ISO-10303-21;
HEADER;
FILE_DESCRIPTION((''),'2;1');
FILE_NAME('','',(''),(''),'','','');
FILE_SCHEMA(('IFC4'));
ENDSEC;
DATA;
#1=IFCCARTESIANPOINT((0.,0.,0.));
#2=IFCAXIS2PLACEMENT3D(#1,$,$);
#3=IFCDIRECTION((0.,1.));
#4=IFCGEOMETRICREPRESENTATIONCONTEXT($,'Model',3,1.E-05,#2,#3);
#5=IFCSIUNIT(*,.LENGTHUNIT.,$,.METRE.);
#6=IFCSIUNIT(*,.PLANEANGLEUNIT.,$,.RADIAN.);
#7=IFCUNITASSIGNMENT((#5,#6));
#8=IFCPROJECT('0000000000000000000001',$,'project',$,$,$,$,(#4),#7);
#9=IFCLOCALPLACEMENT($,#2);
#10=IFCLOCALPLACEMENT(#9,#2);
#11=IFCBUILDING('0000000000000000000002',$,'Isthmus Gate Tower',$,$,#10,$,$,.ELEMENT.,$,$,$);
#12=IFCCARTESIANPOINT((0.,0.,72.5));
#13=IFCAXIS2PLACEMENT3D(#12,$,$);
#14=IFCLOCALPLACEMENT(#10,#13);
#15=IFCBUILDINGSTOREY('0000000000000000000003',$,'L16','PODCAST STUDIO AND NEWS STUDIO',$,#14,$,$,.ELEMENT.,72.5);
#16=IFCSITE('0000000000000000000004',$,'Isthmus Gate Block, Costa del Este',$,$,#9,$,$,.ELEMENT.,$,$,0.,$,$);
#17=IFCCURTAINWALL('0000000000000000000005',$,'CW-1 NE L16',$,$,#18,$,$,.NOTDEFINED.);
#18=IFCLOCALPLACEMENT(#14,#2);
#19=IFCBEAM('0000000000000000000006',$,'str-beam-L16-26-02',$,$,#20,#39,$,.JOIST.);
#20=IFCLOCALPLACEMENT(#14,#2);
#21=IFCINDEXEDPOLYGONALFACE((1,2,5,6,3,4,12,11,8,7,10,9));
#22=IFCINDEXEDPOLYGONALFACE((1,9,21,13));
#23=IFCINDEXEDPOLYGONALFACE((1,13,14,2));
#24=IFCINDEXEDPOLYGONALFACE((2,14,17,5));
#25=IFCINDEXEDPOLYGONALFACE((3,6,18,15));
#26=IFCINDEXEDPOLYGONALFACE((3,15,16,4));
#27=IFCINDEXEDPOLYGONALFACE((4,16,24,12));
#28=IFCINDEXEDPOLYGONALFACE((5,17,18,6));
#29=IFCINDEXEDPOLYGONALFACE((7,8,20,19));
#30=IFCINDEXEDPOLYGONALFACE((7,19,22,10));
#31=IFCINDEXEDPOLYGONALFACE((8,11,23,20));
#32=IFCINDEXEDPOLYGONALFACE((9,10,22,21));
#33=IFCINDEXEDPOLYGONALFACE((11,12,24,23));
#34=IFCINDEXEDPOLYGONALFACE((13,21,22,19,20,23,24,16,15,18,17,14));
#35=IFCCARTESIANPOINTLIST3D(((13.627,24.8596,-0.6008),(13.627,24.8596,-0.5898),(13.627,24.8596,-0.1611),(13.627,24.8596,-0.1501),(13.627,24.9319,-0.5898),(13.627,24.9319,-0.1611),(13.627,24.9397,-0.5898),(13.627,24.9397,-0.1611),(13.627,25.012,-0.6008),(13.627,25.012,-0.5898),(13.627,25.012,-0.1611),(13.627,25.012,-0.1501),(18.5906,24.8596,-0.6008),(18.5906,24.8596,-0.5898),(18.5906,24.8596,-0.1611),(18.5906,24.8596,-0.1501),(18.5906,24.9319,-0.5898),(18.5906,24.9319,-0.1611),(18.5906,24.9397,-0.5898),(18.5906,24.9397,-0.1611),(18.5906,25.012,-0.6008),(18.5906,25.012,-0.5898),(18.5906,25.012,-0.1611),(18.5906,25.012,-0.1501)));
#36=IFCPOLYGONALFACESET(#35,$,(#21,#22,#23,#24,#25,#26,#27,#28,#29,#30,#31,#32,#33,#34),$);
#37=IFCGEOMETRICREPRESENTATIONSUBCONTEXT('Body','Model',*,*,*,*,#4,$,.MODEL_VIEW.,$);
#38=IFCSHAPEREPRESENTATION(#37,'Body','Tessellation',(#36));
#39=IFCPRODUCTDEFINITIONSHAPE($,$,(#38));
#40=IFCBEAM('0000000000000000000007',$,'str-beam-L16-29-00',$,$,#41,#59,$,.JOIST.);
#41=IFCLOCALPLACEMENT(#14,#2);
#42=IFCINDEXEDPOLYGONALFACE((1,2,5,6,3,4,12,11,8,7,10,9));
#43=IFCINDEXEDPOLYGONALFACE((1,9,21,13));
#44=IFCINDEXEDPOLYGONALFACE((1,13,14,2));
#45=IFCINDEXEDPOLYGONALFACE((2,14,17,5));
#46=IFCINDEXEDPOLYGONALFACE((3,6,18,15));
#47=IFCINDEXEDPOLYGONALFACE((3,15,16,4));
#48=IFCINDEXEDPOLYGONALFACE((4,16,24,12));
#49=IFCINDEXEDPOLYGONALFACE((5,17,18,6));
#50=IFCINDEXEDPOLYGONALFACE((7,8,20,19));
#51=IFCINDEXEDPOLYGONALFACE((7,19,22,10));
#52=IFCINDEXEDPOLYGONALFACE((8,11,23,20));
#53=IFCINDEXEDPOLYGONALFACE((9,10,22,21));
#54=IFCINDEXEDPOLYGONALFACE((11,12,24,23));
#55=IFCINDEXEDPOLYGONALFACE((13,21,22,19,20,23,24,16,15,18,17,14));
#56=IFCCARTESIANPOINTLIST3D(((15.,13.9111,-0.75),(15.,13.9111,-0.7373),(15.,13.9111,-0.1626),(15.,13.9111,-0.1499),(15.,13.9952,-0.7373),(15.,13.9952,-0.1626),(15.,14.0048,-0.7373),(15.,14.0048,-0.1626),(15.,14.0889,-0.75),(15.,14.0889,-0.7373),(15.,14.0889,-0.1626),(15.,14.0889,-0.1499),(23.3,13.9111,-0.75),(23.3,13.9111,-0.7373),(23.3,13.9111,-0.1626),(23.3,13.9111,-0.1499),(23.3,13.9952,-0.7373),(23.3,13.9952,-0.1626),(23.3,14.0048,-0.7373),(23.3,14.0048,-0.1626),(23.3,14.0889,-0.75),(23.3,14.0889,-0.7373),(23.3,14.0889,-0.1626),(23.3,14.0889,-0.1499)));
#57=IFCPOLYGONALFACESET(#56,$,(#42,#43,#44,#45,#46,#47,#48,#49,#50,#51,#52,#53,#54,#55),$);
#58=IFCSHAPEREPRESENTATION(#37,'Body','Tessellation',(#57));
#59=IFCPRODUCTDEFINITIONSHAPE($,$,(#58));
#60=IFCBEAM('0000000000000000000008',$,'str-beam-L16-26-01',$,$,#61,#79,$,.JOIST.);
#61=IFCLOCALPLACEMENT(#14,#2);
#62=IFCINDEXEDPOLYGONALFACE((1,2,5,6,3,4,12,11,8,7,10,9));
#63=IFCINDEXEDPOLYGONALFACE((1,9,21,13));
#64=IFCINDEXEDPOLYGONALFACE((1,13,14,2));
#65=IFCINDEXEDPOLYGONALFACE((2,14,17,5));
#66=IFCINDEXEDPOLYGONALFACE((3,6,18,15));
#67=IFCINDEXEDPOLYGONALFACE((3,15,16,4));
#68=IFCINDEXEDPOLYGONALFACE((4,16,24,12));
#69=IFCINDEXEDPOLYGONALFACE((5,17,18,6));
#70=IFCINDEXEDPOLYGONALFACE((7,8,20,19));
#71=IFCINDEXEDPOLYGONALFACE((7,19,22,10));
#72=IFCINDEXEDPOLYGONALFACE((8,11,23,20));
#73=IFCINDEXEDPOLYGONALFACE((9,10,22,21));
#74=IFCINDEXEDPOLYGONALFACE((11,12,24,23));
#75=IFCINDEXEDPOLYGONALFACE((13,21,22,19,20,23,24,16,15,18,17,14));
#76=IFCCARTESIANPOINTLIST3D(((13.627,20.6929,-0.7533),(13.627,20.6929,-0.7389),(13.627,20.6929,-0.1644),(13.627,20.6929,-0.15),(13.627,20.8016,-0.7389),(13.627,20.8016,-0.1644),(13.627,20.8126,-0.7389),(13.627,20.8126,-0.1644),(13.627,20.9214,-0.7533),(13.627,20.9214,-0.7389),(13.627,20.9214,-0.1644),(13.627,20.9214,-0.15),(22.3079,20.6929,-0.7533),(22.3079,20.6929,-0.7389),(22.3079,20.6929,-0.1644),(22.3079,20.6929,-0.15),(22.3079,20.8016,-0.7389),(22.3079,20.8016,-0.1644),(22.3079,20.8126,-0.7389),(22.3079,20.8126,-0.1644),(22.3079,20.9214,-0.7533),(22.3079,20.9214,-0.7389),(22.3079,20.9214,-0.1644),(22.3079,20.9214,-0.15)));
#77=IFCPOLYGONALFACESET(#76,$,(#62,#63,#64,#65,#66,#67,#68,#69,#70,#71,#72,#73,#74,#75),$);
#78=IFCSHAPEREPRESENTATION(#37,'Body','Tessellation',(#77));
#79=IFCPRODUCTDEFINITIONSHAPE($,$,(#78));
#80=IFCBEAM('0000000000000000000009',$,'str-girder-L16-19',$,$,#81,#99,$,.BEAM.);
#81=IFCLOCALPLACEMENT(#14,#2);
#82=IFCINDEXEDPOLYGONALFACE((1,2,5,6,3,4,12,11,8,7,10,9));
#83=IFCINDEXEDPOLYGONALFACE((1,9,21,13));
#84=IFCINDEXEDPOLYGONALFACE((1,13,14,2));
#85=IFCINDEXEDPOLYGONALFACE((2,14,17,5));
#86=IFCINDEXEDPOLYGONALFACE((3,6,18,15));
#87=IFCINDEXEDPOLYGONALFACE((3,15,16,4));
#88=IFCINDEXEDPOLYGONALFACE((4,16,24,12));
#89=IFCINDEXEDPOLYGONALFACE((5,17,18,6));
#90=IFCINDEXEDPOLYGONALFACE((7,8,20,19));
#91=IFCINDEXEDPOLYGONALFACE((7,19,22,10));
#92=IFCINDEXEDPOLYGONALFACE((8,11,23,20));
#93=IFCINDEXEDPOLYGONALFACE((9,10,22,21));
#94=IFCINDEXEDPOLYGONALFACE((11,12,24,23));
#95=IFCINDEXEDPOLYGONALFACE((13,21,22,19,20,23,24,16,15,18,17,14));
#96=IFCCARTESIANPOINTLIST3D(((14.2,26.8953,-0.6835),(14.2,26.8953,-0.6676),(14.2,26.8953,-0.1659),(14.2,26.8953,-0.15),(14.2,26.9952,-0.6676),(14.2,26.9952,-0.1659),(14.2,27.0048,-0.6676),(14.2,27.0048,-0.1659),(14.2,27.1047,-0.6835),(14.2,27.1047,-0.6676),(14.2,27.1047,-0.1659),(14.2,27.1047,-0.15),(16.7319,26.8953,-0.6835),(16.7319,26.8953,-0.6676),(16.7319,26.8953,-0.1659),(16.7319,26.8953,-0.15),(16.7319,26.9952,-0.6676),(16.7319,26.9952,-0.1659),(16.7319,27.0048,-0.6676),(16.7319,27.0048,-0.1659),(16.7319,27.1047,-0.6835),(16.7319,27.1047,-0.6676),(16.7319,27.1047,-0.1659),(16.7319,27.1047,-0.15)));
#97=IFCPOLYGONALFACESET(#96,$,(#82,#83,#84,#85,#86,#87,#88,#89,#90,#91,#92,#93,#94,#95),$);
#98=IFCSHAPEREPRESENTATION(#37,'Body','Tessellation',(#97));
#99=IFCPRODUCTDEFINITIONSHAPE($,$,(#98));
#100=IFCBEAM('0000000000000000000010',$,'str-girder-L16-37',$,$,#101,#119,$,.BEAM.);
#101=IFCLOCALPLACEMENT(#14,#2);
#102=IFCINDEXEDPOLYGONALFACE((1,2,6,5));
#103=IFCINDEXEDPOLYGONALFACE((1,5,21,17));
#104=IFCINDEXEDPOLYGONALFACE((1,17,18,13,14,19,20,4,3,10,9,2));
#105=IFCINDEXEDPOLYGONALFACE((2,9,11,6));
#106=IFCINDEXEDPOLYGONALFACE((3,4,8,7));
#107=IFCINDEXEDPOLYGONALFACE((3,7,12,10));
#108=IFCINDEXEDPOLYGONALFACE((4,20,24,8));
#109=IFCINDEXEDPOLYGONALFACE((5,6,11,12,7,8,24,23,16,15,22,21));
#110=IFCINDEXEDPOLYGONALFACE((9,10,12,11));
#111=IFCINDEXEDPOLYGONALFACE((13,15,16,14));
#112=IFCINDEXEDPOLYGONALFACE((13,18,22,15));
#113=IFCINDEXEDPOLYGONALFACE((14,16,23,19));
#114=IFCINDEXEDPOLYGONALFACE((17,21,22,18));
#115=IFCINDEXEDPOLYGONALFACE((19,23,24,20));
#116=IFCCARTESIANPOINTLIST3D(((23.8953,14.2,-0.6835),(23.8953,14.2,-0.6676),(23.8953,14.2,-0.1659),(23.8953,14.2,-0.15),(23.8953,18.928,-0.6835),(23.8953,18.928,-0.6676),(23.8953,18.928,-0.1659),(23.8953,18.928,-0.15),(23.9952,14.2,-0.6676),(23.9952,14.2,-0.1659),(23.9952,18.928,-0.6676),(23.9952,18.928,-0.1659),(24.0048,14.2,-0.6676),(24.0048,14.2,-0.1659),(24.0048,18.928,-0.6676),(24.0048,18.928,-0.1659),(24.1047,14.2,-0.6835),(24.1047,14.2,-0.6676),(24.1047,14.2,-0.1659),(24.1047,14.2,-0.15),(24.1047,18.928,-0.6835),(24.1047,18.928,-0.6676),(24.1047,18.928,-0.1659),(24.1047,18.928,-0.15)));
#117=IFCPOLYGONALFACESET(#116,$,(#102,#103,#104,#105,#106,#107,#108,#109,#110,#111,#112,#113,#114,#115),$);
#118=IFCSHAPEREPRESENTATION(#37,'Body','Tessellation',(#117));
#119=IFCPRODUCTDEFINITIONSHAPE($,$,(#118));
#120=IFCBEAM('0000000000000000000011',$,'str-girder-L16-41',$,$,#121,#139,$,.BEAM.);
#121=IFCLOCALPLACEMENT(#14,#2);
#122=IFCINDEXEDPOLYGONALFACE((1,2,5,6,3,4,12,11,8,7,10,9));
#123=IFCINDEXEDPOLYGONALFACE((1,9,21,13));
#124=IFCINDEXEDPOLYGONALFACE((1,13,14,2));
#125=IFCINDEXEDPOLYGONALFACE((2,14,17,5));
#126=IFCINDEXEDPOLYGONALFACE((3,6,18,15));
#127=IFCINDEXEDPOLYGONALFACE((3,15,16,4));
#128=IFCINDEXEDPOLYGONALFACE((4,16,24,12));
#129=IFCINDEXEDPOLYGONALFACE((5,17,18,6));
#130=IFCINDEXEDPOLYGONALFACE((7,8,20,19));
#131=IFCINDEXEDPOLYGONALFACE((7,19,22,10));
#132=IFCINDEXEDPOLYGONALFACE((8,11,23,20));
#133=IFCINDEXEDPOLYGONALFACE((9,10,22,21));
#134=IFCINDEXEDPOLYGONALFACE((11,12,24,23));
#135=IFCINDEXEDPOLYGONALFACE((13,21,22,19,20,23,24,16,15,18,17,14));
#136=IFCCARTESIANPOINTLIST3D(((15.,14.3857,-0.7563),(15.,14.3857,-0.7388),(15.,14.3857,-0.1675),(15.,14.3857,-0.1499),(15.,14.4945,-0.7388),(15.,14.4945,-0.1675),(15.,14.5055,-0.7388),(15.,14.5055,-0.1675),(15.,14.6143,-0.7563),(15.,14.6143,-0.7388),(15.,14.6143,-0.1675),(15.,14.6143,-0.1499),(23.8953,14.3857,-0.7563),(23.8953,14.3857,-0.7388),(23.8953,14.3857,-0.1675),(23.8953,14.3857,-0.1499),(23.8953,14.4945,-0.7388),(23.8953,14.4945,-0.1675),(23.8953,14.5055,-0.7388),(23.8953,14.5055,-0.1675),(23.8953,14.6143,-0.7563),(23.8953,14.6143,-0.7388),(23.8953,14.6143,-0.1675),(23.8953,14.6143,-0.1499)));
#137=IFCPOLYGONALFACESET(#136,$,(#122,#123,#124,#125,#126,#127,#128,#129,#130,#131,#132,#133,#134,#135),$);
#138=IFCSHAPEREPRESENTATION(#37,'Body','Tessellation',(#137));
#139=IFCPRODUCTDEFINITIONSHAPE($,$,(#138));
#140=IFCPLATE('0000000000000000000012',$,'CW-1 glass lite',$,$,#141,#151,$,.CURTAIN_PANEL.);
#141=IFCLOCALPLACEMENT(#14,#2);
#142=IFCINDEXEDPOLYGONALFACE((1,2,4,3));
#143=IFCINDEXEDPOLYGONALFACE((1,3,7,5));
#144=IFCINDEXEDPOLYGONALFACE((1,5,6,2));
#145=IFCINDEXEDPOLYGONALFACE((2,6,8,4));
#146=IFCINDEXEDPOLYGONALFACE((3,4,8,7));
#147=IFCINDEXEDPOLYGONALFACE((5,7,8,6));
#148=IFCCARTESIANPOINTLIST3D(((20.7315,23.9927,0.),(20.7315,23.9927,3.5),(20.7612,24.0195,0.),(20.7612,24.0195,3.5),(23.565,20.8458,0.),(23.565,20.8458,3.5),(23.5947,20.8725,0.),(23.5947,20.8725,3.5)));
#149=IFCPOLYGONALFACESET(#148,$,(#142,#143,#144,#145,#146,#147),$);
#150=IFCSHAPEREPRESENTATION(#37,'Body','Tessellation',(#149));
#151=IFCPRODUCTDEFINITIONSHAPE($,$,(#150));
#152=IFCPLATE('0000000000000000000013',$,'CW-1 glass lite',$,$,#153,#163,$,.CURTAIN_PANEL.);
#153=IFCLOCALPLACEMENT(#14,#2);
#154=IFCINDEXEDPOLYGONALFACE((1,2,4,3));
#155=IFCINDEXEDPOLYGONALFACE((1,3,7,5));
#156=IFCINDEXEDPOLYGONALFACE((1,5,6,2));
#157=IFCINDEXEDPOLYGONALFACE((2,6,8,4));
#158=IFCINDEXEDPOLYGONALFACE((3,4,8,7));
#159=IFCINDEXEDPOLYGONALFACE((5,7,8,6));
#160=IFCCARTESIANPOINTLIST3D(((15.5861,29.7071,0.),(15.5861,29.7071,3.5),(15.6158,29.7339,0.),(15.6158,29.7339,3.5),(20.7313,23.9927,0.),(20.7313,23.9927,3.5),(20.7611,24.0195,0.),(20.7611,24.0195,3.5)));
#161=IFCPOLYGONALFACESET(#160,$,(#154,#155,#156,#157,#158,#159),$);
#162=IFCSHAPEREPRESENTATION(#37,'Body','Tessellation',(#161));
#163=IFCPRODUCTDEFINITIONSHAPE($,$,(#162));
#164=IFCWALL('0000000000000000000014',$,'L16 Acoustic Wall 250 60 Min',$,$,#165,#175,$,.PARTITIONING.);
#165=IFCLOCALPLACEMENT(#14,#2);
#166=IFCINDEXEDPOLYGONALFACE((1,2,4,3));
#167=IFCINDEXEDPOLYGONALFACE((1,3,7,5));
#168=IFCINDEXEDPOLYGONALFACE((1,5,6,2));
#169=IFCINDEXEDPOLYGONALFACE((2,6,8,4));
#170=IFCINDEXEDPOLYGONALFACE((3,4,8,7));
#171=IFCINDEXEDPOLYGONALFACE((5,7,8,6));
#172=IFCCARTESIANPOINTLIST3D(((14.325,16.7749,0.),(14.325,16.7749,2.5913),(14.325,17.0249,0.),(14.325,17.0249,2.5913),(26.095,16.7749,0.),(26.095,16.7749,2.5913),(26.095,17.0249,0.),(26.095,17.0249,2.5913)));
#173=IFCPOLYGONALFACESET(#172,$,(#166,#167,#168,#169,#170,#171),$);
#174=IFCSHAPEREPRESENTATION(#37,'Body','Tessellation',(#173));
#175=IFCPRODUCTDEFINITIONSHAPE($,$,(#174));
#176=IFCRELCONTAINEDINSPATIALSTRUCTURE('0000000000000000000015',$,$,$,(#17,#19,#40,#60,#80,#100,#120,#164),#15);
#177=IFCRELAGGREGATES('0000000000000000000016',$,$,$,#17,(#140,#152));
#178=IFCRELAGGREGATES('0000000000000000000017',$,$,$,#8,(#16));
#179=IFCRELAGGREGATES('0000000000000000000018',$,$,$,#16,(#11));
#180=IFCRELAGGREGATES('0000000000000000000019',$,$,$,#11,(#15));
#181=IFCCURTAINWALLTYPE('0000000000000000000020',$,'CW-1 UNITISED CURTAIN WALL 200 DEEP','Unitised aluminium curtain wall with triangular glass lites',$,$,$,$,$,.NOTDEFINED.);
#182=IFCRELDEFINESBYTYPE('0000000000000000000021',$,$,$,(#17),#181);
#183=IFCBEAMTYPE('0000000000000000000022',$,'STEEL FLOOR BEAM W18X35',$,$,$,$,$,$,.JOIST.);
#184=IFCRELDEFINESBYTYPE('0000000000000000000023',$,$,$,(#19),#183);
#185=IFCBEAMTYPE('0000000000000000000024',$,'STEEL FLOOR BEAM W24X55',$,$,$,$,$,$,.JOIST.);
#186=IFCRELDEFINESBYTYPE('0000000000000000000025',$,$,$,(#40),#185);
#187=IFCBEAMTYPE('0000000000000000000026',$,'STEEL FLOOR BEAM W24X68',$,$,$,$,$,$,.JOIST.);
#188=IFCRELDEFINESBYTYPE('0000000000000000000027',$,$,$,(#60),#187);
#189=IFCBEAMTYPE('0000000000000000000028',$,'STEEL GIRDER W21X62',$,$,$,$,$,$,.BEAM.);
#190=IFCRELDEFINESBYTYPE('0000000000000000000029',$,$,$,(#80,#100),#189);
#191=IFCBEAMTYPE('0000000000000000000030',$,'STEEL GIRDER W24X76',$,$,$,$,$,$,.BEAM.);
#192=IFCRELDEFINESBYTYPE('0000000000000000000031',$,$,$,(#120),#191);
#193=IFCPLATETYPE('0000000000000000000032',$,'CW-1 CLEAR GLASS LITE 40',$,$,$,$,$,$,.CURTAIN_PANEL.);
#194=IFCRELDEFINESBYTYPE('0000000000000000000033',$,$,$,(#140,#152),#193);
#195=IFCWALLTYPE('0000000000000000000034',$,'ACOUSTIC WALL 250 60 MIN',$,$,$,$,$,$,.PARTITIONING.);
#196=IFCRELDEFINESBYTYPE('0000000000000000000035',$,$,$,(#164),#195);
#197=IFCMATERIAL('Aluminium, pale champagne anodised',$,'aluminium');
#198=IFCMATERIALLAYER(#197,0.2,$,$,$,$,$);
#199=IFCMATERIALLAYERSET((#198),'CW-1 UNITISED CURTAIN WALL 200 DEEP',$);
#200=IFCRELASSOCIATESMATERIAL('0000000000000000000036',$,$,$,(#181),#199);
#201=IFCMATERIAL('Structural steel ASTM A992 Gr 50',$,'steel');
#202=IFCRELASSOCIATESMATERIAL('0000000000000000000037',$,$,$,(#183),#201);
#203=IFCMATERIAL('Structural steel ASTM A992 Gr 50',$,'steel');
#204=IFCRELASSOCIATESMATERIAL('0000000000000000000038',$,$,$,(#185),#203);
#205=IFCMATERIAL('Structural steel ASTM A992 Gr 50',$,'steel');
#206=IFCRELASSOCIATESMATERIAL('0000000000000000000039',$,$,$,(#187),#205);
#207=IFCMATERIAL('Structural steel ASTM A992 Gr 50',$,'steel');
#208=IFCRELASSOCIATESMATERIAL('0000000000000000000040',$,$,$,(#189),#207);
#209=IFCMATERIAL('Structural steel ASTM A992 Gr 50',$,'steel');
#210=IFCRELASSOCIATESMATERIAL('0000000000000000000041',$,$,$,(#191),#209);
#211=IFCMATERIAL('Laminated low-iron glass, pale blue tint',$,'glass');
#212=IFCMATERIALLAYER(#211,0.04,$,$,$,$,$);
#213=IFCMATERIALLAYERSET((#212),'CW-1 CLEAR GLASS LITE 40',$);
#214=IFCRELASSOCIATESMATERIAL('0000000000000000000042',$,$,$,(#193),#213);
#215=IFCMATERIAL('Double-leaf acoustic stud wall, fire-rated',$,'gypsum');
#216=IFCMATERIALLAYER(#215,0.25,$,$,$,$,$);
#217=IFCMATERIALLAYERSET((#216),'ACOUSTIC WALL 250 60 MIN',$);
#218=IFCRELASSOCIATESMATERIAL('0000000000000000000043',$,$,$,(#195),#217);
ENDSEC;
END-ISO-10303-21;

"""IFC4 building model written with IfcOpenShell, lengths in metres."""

from ifc_helpers import new_model, si_unit, direction, frame, frame_2d, origin, origin_2d, place, context, subcontext, project, spatial, rectangle, i_section, extrude, material, layer, layer_set, material_profile, profile_set, type_object, element, aggregate, save


model = new_model("IFC4")

# Units and contexts
model_context = context("Model", 3, precision=1e-05, world=origin(), true_north=direction((0.0, 1.0)))
body_context = subcontext(model_context, "Body", "Model", "MODEL_VIEW")
ifc_project = project(units=[si_unit("LENGTHUNIT", "METRE"), si_unit("PLANEANGLEUNIT", "RADIAN")], contexts=[model_context])

# Site, building, storey
site_placement = place(None, origin())
site = spatial("IfcSite", under=ifc_project, at=site_placement, Name="Isthmus Gate Block, Costa del Este", CompositionType="ELEMENT", RefElevation=0.0)
building_placement = place(site_placement, origin())
building = spatial("IfcBuilding", under=site, at=building_placement, Name="Isthmus Gate Tower", CompositionType="ELEMENT")
storey_placement = place(building_placement, frame((0.0, 0.0, 72.5)))
storey = spatial("IfcBuildingStorey", under=building, at=storey_placement, Name="L16", Description="PODCAST STUDIO AND NEWS STUDIO", CompositionType="ELEMENT", Elevation=72.5)

# Curtain wall
ifc_material_1 = material(Name="Aluminium, pale champagne anodised", Category="aluminium")
ifc_layer_1 = layer(ifc_material_1, 0.2)
ifc_layer_set_1 = layer_set([ifc_layer_1], Name="CW-1 UNITISED CURTAIN WALL 200 DEEP")
curtain_wall_type = type_object("IfcCurtainWallType", Name="CW-1 UNITISED CURTAIN WALL 200 DEEP", Description="Unitised aluminium curtain wall with triangular glass lites", PredefinedType="NOTDEFINED", material=ifc_layer_set_1)
curtain_wall_1_placement = place(storey_placement, origin())
curtain_wall_1 = element("IfcCurtainWall", 1, at=curtain_wall_1_placement, inside=storey, type_object=curtain_wall_type, Name="CW-1 NE L16", PredefinedType="NOTDEFINED")

# Beams
ifc_material_2 = material(Name="Structural steel ASTM A992 Gr 50", Category="steel")
ifc_material_profile_1 = material_profile(ifc_material_2, i_section(OverallWidth=0.1523, OverallDepth=0.4507, WebThickness=0.0078, FlangeThickness=0.011, at=origin_2d()), Name="W18X35")
ifc_profile_set_1 = profile_set([ifc_material_profile_1], Name="Structural steel ASTM A992 Gr 50")
beam_type_1 = type_object("IfcBeamType", Name="STEEL FLOOR BEAM W18X35", PredefinedType="JOIST", material=ifc_profile_set_1)
beam_1_placement = place(storey_placement, frame((13.627, 24.9358, -0.3755), z_axis=(1.0, 0.0, 0.0), x_axis=(0.0, 1.0, 0.0)))
element("IfcBeam", 2, at=beam_1_placement, inside=storey, type_object=beam_type_1, Name="str-beam-L16-26-02", PredefinedType="JOIST", context=body_context, shape_type="SweptSolid", body=[
    extrude(i_section(OverallWidth=0.1523, OverallDepth=0.4507, WebThickness=0.0078, FlangeThickness=0.011, at=origin_2d()), origin(), (0.0, 0.0, 1.0), 4.9636),
])
ifc_material_3 = material(Name="Structural steel ASTM A992 Gr 50", Category="steel")
ifc_material_profile_2 = material_profile(ifc_material_3, i_section(OverallWidth=0.1777, OverallDepth=0.6001, WebThickness=0.0095, FlangeThickness=0.0127, at=origin_2d()), Name="W24X55")
ifc_profile_set_2 = profile_set([ifc_material_profile_2], Name="Structural steel ASTM A992 Gr 50")
beam_type_2 = type_object("IfcBeamType", Name="STEEL FLOOR BEAM W24X55", PredefinedType="JOIST", material=ifc_profile_set_2)
beam_2_placement = place(storey_placement, frame((15.0, 14.0, -0.45), z_axis=(1.0, 0.0, 0.0), x_axis=(0.0, 1.0, 0.0)))
element("IfcBeam", 3, at=beam_2_placement, inside=storey, type_object=beam_type_2, Name="str-beam-L16-29-00", PredefinedType="JOIST", context=body_context, shape_type="SweptSolid", body=[
    extrude(i_section(OverallWidth=0.1777, OverallDepth=0.6001, WebThickness=0.0095, FlangeThickness=0.0127, at=origin_2d()), origin(), (0.0, 0.0, 1.0), 8.3),
])
ifc_material_4 = material(Name="Structural steel ASTM A992 Gr 50", Category="steel")
ifc_material_profile_3 = material_profile(ifc_material_4, i_section(OverallWidth=0.2285, OverallDepth=0.6033, WebThickness=0.011, FlangeThickness=0.0144, at=origin_2d()), Name="W24X68")
ifc_profile_set_3 = profile_set([ifc_material_profile_3], Name="Structural steel ASTM A992 Gr 50")
beam_type_3 = type_object("IfcBeamType", Name="STEEL FLOOR BEAM W24X68", PredefinedType="JOIST", material=ifc_profile_set_3)
beam_3_placement = place(storey_placement, frame((13.627, 20.8071, -0.4517), z_axis=(1.0, 0.0, 0.0), x_axis=(0.0, 1.0, 0.0)))
element("IfcBeam", 4, at=beam_3_placement, inside=storey, type_object=beam_type_3, Name="str-beam-L16-26-01", PredefinedType="JOIST", context=body_context, shape_type="SweptSolid", body=[
    extrude(i_section(OverallWidth=0.2285, OverallDepth=0.6033, WebThickness=0.011, FlangeThickness=0.0144, at=origin_2d()), origin(), (0.0, 0.0, 1.0), 8.6809),
])
ifc_material_5 = material(Name="Structural steel ASTM A992 Gr 50", Category="steel")
ifc_material_profile_4 = material_profile(ifc_material_5, i_section(OverallWidth=0.2095, OverallDepth=0.5334, WebThickness=0.0095, FlangeThickness=0.0159, at=origin_2d()), Name="W21X62")
ifc_profile_set_4 = profile_set([ifc_material_profile_4], Name="Structural steel ASTM A992 Gr 50")
beam_type_4 = type_object("IfcBeamType", Name="STEEL GIRDER W21X62", PredefinedType="BEAM", material=ifc_profile_set_4)
beam_4_placement = place(storey_placement, frame((14.2, 27.0, -0.4167), z_axis=(1.0, 0.0, 0.0), x_axis=(0.0, 1.0, 0.0)))
element("IfcBeam", 5, at=beam_4_placement, inside=storey, type_object=beam_type_4, Name="str-girder-L16-19", PredefinedType="BEAM", context=body_context, shape_type="SweptSolid", body=[
    extrude(i_section(OverallWidth=0.2095, OverallDepth=0.5334, WebThickness=0.0095, FlangeThickness=0.0159, at=origin_2d()), origin(), (0.0, 0.0, 1.0), 2.532),
])
beam_5_placement = place(storey_placement, frame((24.0, 14.2, -0.4167), z_axis=(0.0, 1.0, 0.0), x_axis=(-1.0, 0.0, 0.0)))
element("IfcBeam", 6, at=beam_5_placement, inside=storey, type_object=beam_type_4, Name="str-girder-L16-37", PredefinedType="BEAM", context=body_context, shape_type="SweptSolid", body=[
    extrude(i_section(OverallWidth=0.2095, OverallDepth=0.5334, WebThickness=0.0095, FlangeThickness=0.0159, at=origin_2d()), origin(), (0.0, 0.0, 1.0), 4.728),
])
ifc_material_6 = material(Name="Structural steel ASTM A992 Gr 50", Category="steel")
ifc_material_profile_5 = material_profile(ifc_material_6, i_section(OverallWidth=0.2285, OverallDepth=0.6064, WebThickness=0.011, FlangeThickness=0.0176, at=origin_2d()), Name="W24X76")
ifc_profile_set_5 = profile_set([ifc_material_profile_5], Name="Structural steel ASTM A992 Gr 50")
beam_type_5 = type_object("IfcBeamType", Name="STEEL GIRDER W24X76", PredefinedType="BEAM", material=ifc_profile_set_5)
beam_6_placement = place(storey_placement, frame((15.0, 14.5, -0.4531), z_axis=(1.0, 0.0, 0.0), x_axis=(0.0, 1.0, 0.0)))
element("IfcBeam", 7, at=beam_6_placement, inside=storey, type_object=beam_type_5, Name="str-girder-L16-41", PredefinedType="BEAM", context=body_context, shape_type="SweptSolid", body=[
    extrude(i_section(OverallWidth=0.2285, OverallDepth=0.6064, WebThickness=0.011, FlangeThickness=0.0176, at=origin_2d()), origin(), (0.0, 0.0, 1.0), 8.8953),
])

# Plates
ifc_material_7 = material(Name="Laminated low-iron glass, pale blue tint", Category="glass")
ifc_layer_2 = layer(ifc_material_7, 0.04)
ifc_layer_set_2 = layer_set([ifc_layer_2], Name="CW-1 CLEAR GLASS LITE 40")
plate_type = type_object("IfcPlateType", Name="CW-1 CLEAR GLASS LITE 40", PredefinedType="CURTAIN_PANEL", material=ifc_layer_set_2)
plate_1_placement = place(storey_placement, frame((22.1631, 22.4326, 0.0), z_axis=(0.0, 0.0, 1.0), x_axis=(-0.669131, 0.743145, 0.0)))
plate_1 = element("IfcPlate", 8, at=plate_1_placement, type_object=plate_type, Name="CW-1 glass lite", PredefinedType="CURTAIN_PANEL", context=body_context, shape_type="SweptSolid", body=[
    extrude(rectangle(XDim=4.2346, YDim=0.04, at=origin_2d()), origin(), (0.0, 0.0, 1.0), 3.5),
])
plate_2_placement = place(storey_placement, frame((18.1736, 26.8633, 0.0), z_axis=(0.0, 0.0, 1.0), x_axis=(-0.669131, 0.743145, 0.0)))
plate_2 = element("IfcPlate", 9, at=plate_2_placement, type_object=plate_type, Name="CW-1 glass lite", PredefinedType="CURTAIN_PANEL", context=body_context, shape_type="SweptSolid", body=[
    extrude(rectangle(XDim=7.6895, YDim=0.04, at=origin_2d()), origin(), (0.0, 0.0, 1.0), 3.5),
])

# Wall
ifc_material_8 = material(Name="Double-leaf acoustic stud wall, fire-rated", Category="gypsum")
ifc_layer_3 = layer(ifc_material_8, 0.25)
ifc_layer_set_3 = layer_set([ifc_layer_3], Name="ACOUSTIC WALL 250 60 MIN")
wall_type_1 = type_object("IfcWallType", Name="ACOUSTIC WALL 250 60 MIN", PredefinedType="PARTITIONING", material=ifc_layer_set_3)
wall_1_placement = place(storey_placement, frame((14.325, 16.8999, 0.0), z_axis=(0.0, 0.0, 1.0), x_axis=(1.0, 0.0, 0.0)))
element("IfcWall", 10, at=wall_1_placement, inside=storey, type_object=wall_type_1, Name="L16 Acoustic Wall 250 60 Min", PredefinedType="PARTITIONING", context=body_context, shape_type="SweptSolid", body=[
    extrude(rectangle(XDim=11.77, YDim=0.25, at=frame_2d((5.885, 0.0))), origin(), (0.0, 0.0, 1.0), 2.5913),
])

aggregate(curtain_wall_1, [plate_1, plate_2])

save(model, "model.ifc")
